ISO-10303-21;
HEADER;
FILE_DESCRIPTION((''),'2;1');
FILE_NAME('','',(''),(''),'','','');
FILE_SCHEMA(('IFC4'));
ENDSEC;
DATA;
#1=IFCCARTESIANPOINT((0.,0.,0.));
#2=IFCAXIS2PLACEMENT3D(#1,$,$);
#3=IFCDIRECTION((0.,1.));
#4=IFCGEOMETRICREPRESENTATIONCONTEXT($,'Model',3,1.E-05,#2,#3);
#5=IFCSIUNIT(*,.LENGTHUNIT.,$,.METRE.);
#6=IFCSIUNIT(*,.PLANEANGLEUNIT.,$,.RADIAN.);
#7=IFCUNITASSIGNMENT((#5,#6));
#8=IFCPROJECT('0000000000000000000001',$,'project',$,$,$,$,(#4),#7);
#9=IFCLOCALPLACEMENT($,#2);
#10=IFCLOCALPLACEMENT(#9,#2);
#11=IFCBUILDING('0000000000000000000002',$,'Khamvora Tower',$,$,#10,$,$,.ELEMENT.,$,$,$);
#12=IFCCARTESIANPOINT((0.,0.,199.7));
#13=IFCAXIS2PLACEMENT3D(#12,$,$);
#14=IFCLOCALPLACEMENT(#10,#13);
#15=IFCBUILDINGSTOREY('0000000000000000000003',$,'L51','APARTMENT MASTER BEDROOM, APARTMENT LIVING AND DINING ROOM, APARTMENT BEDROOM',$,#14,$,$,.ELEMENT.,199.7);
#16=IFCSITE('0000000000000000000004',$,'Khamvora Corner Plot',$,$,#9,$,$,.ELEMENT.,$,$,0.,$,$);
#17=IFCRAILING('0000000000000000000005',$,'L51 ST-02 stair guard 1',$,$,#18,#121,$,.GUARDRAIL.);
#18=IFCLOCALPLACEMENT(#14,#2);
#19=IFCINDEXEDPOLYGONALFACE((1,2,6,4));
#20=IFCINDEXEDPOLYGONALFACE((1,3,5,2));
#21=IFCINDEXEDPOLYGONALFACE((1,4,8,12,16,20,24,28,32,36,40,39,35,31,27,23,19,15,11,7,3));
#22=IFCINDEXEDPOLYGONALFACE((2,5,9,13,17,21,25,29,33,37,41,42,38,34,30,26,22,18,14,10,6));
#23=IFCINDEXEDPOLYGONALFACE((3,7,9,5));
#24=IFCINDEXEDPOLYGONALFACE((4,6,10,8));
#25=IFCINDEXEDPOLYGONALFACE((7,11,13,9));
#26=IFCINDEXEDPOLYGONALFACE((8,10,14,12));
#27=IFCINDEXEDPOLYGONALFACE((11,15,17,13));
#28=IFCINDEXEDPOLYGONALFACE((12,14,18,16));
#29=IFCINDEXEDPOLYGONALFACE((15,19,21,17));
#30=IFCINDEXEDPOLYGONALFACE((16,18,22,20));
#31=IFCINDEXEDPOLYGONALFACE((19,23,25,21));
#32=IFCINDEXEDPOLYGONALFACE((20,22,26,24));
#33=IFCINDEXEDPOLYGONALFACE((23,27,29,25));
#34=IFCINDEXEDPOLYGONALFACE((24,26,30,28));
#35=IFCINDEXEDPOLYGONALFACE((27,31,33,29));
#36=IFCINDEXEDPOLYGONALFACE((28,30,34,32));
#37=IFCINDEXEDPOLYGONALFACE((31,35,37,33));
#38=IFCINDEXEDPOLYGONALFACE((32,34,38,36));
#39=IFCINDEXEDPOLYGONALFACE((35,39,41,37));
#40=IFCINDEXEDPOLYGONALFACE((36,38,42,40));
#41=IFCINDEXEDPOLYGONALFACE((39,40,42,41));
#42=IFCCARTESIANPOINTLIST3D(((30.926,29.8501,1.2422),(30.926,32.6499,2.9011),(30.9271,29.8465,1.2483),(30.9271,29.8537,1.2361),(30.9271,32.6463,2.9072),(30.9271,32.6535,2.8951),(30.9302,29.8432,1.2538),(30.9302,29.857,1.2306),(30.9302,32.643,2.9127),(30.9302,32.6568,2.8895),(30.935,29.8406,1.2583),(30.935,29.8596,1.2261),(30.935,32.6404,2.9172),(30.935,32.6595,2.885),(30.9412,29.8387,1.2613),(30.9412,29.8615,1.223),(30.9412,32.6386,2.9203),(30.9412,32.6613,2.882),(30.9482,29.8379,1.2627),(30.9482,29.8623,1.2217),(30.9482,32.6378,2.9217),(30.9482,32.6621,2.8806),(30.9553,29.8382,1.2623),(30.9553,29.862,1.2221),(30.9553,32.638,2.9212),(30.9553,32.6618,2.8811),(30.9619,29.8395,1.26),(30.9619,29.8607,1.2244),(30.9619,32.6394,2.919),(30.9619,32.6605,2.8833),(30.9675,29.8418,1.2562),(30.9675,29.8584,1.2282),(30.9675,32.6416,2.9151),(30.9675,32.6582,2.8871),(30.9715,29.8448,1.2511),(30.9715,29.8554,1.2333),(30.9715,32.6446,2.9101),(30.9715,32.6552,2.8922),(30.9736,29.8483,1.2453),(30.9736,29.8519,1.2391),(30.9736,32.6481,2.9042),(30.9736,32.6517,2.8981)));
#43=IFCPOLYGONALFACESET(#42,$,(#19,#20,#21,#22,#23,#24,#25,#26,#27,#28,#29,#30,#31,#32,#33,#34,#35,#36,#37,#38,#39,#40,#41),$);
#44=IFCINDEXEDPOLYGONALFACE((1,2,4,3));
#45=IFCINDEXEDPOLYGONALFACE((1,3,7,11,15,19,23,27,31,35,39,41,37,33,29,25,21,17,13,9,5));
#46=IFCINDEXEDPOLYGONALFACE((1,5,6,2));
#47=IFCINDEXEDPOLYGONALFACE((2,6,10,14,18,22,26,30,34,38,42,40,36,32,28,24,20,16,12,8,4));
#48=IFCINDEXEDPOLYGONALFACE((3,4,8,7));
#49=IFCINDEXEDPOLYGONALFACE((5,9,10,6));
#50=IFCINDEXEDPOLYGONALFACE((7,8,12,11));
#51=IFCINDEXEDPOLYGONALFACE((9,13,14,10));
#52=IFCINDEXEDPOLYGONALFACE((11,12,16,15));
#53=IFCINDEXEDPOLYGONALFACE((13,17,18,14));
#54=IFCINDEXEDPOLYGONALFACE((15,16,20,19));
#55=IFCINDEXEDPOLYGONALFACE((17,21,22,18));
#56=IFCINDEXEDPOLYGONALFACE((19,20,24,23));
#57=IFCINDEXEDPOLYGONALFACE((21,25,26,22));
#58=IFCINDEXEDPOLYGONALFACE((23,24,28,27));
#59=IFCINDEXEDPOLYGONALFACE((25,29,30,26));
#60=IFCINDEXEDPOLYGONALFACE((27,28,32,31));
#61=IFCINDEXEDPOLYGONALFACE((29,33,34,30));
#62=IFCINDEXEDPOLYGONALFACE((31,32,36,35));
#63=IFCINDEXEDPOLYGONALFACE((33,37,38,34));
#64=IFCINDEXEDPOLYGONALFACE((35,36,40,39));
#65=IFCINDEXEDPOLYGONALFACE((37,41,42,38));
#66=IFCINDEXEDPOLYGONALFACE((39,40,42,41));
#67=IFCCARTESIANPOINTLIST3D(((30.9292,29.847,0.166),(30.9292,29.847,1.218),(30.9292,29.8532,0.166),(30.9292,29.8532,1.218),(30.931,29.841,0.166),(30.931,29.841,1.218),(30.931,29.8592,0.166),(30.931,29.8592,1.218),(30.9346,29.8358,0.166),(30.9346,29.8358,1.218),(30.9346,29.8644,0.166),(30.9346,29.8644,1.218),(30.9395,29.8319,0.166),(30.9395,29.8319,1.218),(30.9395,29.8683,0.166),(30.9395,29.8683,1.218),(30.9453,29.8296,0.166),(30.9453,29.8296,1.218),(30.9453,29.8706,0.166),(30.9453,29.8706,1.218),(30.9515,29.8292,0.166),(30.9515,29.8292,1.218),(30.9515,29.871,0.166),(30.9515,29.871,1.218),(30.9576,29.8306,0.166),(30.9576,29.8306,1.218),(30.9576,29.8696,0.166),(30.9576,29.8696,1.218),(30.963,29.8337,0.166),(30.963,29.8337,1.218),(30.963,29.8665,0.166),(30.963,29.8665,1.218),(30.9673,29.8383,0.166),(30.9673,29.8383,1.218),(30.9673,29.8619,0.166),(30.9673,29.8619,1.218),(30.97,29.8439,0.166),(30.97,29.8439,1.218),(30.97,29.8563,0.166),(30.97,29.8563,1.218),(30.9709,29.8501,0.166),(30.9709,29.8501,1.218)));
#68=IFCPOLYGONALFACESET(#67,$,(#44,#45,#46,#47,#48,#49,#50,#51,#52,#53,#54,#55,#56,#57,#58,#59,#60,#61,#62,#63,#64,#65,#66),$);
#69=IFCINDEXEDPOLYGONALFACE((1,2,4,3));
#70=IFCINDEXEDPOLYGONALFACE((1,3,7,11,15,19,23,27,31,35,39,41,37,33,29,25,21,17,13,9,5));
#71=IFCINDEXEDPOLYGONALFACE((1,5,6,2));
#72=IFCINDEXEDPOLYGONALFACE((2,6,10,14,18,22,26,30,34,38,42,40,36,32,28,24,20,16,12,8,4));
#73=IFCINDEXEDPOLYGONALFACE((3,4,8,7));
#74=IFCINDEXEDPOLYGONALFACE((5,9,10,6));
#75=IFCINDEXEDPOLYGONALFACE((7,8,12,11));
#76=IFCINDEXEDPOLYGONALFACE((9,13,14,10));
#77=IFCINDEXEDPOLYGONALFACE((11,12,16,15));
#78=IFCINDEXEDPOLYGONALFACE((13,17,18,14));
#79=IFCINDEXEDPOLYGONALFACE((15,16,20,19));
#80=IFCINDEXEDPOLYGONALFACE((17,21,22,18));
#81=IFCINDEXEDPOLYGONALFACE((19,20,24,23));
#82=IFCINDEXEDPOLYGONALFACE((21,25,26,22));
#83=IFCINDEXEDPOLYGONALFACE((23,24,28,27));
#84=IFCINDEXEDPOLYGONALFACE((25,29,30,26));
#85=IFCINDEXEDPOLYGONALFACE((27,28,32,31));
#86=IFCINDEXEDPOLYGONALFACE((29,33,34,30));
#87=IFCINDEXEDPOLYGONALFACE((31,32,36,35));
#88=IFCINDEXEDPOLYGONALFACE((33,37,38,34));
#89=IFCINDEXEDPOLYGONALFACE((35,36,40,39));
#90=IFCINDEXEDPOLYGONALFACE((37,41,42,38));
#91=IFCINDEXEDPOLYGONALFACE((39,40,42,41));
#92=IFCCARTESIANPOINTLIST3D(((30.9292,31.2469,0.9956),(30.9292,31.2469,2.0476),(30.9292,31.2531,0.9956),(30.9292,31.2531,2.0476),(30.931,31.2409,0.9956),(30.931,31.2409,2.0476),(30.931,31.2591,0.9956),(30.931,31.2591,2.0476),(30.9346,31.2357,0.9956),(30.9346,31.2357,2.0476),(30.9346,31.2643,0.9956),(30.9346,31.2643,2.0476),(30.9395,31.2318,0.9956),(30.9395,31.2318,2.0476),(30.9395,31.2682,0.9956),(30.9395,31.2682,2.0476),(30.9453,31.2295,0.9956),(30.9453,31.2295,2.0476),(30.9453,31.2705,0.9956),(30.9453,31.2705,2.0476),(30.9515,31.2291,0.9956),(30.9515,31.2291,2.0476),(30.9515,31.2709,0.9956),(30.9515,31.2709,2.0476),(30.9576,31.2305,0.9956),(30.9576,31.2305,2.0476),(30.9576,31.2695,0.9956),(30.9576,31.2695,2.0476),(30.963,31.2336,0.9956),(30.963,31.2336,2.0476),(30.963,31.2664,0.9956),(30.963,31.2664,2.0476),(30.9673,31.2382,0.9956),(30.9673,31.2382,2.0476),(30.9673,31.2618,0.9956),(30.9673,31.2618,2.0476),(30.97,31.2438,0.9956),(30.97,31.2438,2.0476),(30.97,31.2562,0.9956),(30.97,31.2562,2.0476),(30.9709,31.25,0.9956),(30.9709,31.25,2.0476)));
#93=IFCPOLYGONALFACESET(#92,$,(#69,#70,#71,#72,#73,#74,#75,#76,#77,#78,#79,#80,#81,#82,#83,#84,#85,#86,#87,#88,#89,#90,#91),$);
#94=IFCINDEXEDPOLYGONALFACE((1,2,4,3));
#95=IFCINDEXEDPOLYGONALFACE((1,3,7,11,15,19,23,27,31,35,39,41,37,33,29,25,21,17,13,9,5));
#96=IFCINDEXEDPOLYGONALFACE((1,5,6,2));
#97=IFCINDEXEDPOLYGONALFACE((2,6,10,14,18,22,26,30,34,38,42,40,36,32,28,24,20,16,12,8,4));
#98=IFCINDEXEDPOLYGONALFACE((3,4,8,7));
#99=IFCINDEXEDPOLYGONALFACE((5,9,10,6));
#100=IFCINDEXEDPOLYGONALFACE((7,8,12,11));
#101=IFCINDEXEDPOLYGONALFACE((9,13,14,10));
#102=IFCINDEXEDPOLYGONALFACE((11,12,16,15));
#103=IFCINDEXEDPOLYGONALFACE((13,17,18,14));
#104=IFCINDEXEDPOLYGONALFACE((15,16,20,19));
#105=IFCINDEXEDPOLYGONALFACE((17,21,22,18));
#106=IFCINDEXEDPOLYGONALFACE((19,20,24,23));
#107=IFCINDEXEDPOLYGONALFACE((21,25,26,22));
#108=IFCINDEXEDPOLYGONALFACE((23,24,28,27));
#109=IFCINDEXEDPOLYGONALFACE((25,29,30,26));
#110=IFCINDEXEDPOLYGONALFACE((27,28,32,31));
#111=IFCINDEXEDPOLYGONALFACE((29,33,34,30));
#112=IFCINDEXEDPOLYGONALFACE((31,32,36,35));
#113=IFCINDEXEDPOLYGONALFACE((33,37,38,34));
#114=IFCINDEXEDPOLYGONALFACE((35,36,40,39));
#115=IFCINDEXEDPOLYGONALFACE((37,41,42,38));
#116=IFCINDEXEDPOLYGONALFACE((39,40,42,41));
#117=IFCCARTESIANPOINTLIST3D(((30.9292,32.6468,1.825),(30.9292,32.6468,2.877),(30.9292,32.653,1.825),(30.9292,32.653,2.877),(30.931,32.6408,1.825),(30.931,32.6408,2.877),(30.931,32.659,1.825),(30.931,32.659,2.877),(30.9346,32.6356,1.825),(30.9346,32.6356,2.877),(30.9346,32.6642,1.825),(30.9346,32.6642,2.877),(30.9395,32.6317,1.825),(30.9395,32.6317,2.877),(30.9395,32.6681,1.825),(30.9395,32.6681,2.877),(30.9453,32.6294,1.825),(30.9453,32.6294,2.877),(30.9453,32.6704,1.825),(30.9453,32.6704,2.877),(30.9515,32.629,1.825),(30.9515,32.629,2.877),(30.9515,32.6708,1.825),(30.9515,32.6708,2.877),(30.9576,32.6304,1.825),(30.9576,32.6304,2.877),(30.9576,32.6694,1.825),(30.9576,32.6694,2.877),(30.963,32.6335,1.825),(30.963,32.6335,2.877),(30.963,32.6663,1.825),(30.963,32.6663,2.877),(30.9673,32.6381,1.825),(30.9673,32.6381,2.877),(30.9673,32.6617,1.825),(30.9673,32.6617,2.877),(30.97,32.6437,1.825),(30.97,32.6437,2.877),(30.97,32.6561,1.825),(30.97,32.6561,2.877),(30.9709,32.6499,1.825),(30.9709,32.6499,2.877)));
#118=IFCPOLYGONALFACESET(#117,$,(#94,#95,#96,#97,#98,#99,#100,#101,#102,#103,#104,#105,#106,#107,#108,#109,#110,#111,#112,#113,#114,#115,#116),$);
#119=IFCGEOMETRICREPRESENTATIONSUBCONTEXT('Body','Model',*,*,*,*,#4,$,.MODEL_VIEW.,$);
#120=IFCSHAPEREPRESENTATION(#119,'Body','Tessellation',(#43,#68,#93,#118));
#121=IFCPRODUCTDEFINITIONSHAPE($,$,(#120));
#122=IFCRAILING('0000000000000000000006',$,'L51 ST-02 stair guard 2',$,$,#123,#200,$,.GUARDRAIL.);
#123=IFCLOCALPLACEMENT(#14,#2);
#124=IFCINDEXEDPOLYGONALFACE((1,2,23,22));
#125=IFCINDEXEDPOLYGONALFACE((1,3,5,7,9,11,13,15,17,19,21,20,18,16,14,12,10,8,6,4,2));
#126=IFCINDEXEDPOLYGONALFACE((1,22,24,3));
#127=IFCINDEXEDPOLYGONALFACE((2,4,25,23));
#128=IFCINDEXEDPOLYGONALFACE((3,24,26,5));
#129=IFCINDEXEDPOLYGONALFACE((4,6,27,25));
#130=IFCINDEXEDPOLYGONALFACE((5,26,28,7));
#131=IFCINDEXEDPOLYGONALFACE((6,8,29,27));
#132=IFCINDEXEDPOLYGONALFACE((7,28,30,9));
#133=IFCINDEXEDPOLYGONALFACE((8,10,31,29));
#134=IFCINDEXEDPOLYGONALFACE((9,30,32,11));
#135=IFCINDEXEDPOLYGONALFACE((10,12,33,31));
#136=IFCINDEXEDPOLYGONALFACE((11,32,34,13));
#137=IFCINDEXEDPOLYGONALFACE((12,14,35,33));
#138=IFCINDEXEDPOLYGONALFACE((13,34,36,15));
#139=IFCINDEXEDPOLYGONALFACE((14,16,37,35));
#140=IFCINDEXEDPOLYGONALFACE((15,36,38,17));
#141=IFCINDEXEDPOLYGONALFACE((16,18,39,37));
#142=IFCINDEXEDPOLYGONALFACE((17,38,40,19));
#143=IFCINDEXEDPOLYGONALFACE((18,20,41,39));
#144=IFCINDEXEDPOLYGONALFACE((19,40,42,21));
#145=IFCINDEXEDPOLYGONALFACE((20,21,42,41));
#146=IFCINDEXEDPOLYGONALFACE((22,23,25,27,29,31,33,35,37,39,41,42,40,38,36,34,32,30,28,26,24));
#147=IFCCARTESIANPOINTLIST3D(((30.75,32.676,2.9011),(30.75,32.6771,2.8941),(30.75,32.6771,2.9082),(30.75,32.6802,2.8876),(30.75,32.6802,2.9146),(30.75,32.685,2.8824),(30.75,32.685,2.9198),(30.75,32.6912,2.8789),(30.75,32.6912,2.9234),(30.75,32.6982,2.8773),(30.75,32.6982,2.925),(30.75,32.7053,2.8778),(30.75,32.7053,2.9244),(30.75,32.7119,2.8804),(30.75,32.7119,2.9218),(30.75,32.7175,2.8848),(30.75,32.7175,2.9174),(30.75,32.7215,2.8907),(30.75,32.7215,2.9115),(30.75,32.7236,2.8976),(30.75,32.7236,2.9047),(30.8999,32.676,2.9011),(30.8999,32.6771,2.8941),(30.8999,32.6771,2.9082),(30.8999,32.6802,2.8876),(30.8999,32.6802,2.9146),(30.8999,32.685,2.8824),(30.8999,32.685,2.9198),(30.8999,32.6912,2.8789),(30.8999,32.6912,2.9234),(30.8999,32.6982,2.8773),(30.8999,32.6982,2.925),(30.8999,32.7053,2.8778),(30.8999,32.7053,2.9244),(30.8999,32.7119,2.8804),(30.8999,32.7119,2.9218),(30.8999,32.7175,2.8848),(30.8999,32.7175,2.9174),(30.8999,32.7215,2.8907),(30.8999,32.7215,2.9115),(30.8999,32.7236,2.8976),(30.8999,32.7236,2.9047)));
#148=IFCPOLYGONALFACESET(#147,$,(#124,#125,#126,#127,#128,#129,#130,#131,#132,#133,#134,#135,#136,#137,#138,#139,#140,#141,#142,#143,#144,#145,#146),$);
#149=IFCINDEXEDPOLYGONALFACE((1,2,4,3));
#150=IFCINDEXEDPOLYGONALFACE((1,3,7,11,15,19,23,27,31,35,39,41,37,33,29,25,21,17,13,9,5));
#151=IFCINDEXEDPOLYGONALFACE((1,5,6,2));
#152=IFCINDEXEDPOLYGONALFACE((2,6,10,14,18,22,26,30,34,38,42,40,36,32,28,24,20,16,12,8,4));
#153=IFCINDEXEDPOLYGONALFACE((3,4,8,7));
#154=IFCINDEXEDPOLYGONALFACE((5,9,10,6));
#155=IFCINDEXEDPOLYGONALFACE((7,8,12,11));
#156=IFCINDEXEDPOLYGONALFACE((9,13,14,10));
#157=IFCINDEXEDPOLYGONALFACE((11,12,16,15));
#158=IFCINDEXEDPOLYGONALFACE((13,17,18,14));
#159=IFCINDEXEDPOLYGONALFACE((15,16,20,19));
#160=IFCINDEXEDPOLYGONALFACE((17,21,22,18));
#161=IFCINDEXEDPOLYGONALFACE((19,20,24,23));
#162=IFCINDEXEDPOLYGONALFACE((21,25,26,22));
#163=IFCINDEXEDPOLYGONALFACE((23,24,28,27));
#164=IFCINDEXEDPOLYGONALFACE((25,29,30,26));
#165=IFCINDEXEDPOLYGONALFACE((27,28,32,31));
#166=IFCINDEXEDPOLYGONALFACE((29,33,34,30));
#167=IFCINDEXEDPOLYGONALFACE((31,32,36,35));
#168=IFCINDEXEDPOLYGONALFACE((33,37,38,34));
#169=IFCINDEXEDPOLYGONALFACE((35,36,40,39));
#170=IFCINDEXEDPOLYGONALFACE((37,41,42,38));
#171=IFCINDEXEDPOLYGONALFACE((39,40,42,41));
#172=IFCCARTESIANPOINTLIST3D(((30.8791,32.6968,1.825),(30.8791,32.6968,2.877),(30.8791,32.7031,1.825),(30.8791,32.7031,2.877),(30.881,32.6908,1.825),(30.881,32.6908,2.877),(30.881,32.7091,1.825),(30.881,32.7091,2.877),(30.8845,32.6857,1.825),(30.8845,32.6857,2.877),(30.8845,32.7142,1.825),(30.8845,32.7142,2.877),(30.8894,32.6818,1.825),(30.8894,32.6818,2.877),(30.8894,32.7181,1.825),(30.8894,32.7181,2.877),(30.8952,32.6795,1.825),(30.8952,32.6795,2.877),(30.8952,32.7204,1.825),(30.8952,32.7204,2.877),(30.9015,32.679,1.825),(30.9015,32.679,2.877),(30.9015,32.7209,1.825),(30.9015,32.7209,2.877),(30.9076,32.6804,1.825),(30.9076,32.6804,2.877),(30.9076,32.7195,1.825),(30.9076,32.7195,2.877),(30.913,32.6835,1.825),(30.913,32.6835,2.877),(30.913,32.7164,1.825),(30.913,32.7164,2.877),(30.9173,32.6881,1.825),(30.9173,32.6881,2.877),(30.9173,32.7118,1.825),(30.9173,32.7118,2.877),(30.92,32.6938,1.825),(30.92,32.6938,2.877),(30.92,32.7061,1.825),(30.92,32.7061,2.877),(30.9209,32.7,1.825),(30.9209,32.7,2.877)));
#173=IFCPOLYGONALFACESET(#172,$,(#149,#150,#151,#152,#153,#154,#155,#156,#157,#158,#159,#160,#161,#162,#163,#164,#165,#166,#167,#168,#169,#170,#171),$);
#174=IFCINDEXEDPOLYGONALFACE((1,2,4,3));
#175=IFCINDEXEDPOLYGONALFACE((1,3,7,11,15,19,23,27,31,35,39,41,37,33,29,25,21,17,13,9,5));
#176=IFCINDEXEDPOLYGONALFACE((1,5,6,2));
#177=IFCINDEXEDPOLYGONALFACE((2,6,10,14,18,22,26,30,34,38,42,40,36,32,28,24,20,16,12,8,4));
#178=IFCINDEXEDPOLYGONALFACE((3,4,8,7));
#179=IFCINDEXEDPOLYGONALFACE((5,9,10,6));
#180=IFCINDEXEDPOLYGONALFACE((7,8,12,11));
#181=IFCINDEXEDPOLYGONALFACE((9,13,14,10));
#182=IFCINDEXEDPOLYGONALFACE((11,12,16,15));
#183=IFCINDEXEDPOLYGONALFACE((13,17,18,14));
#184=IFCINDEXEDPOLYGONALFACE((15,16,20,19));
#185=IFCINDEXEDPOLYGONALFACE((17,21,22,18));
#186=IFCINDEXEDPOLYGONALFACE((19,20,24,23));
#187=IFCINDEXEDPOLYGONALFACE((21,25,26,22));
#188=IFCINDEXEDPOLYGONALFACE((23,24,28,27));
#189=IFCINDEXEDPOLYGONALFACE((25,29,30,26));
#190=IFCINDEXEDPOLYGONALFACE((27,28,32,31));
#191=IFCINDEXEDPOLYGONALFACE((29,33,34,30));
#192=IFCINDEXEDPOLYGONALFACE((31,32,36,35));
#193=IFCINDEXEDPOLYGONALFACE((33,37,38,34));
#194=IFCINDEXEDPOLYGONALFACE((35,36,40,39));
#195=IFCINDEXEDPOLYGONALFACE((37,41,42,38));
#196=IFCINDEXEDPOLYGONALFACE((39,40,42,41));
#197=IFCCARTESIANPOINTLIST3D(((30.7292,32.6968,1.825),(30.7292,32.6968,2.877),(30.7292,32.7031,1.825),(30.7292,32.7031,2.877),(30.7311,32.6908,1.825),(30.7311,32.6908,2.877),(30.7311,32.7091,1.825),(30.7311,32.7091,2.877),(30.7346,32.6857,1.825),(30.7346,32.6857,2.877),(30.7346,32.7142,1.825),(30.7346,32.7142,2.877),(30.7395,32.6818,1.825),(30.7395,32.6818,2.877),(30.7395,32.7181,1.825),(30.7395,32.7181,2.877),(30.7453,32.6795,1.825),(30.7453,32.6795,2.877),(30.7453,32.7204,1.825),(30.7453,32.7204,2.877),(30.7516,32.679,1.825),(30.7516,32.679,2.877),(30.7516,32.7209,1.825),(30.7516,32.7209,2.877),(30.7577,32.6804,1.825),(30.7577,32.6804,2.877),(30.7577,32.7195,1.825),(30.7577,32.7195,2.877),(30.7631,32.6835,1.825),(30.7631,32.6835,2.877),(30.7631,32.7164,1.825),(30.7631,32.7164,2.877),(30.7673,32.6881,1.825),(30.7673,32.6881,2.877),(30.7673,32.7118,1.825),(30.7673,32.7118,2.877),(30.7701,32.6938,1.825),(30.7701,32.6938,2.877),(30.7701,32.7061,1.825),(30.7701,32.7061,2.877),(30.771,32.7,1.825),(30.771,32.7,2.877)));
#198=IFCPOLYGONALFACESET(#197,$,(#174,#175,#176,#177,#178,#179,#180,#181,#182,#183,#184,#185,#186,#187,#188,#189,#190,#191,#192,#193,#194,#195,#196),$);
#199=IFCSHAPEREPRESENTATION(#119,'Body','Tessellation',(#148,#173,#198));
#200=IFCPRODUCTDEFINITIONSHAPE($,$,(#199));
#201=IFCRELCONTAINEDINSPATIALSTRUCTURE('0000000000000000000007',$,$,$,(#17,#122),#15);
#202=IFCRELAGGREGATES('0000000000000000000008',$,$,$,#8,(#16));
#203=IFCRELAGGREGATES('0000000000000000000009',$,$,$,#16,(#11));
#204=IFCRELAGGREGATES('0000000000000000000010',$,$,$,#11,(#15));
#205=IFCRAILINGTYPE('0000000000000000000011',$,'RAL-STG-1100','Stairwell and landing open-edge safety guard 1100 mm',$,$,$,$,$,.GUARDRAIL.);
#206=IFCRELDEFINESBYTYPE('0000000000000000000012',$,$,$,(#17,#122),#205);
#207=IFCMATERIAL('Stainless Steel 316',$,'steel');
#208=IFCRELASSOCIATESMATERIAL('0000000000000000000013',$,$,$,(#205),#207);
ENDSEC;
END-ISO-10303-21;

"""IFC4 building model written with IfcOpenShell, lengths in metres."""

from ifc_helpers import new_model, si_unit, direction, frame, origin, origin_2d, place, context, subcontext, project, spatial, circle, extrude, material, type_object, element, save


model = new_model("IFC4")

# Units and contexts
model_context = context("Model", 3, precision=1e-05, world=origin(), true_north=direction((0.0, 1.0)))
body_context = subcontext(model_context, "Body", "Model", "MODEL_VIEW")
ifc_project = project(units=[si_unit("LENGTHUNIT", "METRE"), si_unit("PLANEANGLEUNIT", "RADIAN")], contexts=[model_context])

# Site, building, storey
site_placement = place(None, origin())
site = spatial("IfcSite", under=ifc_project, at=site_placement, Name="Khamvora Corner Plot", CompositionType="ELEMENT", RefElevation=0.0)
building_placement = place(site_placement, origin())
building = spatial("IfcBuilding", under=site, at=building_placement, Name="Khamvora Tower", CompositionType="ELEMENT")
storey_placement = place(building_placement, frame((0.0, 0.0, 199.7)))
storey = spatial("IfcBuildingStorey", under=building, at=storey_placement, Name="L51", Description="APARTMENT MASTER BEDROOM, APARTMENT LIVING AND DINING ROOM, APARTMENT BEDROOM", CompositionType="ELEMENT", Elevation=199.7)

# Railings
ifc_material_1 = material(Name="Stainless Steel 316", Category="steel")
railing_type_1 = type_object("IfcRailingType", Name="RAL-STG-1100", Description="Stairwell and landing open-edge safety guard 1100 mm", PredefinedType="GUARDRAIL", material=ifc_material_1)
railing_1_placement = place(storey_placement, frame((30.95, 29.8501, 0.166)))
element("IfcRailing", 1, at=railing_1_placement, inside=storey, type_object=railing_type_1, Name="L51 ST-02 stair guard 1", PredefinedType="GUARDRAIL", context=body_context, shape_type="SweptSolid", body=[
    extrude(circle(Radius=0.0239, at=origin_2d()), frame((0.0, 0.0, 1.0762), z_axis=(0.0, 0.86032, 0.509755), x_axis=(-1.0, 0.0, 0.0)), (0.0, 0.0, 1.0), 3.2544),
    extrude(circle(Radius=0.021, at=origin_2d()), origin(), (0.0, 0.0, 1.0), 1.052),
    extrude(circle(Radius=0.021, at=origin_2d()), frame((0.0, 1.3999, 0.8296)), (0.0, 0.0, 1.0), 1.052),
    extrude(circle(Radius=0.021, at=origin_2d()), frame((0.0, 2.7998, 1.6589)), (0.0, 0.0, 1.0), 1.052),
])
railing_2_placement = place(storey_placement, frame((30.8999, 32.7, 1.825)))
element("IfcRailing", 2, at=railing_2_placement, inside=storey, type_object=railing_type_1, Name="L51 ST-02 stair guard 2", PredefinedType="GUARDRAIL", context=body_context, shape_type="SweptSolid", body=[
    extrude(circle(Radius=0.0239, at=origin_2d()), frame((0.0, 0.0, 1.0762), z_axis=(-1.0, 0.0, 0.0), x_axis=(0.0, -1.0, 0.0)), (0.0, 0.0, 1.0), 0.1499),
    extrude(circle(Radius=0.021, at=origin_2d()), origin(), (0.0, 0.0, 1.0), 1.052),
    extrude(circle(Radius=0.021, at=origin_2d()), frame((-0.1499, 0.0, 0.0)), (0.0, 0.0, 1.0), 1.052),
])

save(model, "model.ifc")
